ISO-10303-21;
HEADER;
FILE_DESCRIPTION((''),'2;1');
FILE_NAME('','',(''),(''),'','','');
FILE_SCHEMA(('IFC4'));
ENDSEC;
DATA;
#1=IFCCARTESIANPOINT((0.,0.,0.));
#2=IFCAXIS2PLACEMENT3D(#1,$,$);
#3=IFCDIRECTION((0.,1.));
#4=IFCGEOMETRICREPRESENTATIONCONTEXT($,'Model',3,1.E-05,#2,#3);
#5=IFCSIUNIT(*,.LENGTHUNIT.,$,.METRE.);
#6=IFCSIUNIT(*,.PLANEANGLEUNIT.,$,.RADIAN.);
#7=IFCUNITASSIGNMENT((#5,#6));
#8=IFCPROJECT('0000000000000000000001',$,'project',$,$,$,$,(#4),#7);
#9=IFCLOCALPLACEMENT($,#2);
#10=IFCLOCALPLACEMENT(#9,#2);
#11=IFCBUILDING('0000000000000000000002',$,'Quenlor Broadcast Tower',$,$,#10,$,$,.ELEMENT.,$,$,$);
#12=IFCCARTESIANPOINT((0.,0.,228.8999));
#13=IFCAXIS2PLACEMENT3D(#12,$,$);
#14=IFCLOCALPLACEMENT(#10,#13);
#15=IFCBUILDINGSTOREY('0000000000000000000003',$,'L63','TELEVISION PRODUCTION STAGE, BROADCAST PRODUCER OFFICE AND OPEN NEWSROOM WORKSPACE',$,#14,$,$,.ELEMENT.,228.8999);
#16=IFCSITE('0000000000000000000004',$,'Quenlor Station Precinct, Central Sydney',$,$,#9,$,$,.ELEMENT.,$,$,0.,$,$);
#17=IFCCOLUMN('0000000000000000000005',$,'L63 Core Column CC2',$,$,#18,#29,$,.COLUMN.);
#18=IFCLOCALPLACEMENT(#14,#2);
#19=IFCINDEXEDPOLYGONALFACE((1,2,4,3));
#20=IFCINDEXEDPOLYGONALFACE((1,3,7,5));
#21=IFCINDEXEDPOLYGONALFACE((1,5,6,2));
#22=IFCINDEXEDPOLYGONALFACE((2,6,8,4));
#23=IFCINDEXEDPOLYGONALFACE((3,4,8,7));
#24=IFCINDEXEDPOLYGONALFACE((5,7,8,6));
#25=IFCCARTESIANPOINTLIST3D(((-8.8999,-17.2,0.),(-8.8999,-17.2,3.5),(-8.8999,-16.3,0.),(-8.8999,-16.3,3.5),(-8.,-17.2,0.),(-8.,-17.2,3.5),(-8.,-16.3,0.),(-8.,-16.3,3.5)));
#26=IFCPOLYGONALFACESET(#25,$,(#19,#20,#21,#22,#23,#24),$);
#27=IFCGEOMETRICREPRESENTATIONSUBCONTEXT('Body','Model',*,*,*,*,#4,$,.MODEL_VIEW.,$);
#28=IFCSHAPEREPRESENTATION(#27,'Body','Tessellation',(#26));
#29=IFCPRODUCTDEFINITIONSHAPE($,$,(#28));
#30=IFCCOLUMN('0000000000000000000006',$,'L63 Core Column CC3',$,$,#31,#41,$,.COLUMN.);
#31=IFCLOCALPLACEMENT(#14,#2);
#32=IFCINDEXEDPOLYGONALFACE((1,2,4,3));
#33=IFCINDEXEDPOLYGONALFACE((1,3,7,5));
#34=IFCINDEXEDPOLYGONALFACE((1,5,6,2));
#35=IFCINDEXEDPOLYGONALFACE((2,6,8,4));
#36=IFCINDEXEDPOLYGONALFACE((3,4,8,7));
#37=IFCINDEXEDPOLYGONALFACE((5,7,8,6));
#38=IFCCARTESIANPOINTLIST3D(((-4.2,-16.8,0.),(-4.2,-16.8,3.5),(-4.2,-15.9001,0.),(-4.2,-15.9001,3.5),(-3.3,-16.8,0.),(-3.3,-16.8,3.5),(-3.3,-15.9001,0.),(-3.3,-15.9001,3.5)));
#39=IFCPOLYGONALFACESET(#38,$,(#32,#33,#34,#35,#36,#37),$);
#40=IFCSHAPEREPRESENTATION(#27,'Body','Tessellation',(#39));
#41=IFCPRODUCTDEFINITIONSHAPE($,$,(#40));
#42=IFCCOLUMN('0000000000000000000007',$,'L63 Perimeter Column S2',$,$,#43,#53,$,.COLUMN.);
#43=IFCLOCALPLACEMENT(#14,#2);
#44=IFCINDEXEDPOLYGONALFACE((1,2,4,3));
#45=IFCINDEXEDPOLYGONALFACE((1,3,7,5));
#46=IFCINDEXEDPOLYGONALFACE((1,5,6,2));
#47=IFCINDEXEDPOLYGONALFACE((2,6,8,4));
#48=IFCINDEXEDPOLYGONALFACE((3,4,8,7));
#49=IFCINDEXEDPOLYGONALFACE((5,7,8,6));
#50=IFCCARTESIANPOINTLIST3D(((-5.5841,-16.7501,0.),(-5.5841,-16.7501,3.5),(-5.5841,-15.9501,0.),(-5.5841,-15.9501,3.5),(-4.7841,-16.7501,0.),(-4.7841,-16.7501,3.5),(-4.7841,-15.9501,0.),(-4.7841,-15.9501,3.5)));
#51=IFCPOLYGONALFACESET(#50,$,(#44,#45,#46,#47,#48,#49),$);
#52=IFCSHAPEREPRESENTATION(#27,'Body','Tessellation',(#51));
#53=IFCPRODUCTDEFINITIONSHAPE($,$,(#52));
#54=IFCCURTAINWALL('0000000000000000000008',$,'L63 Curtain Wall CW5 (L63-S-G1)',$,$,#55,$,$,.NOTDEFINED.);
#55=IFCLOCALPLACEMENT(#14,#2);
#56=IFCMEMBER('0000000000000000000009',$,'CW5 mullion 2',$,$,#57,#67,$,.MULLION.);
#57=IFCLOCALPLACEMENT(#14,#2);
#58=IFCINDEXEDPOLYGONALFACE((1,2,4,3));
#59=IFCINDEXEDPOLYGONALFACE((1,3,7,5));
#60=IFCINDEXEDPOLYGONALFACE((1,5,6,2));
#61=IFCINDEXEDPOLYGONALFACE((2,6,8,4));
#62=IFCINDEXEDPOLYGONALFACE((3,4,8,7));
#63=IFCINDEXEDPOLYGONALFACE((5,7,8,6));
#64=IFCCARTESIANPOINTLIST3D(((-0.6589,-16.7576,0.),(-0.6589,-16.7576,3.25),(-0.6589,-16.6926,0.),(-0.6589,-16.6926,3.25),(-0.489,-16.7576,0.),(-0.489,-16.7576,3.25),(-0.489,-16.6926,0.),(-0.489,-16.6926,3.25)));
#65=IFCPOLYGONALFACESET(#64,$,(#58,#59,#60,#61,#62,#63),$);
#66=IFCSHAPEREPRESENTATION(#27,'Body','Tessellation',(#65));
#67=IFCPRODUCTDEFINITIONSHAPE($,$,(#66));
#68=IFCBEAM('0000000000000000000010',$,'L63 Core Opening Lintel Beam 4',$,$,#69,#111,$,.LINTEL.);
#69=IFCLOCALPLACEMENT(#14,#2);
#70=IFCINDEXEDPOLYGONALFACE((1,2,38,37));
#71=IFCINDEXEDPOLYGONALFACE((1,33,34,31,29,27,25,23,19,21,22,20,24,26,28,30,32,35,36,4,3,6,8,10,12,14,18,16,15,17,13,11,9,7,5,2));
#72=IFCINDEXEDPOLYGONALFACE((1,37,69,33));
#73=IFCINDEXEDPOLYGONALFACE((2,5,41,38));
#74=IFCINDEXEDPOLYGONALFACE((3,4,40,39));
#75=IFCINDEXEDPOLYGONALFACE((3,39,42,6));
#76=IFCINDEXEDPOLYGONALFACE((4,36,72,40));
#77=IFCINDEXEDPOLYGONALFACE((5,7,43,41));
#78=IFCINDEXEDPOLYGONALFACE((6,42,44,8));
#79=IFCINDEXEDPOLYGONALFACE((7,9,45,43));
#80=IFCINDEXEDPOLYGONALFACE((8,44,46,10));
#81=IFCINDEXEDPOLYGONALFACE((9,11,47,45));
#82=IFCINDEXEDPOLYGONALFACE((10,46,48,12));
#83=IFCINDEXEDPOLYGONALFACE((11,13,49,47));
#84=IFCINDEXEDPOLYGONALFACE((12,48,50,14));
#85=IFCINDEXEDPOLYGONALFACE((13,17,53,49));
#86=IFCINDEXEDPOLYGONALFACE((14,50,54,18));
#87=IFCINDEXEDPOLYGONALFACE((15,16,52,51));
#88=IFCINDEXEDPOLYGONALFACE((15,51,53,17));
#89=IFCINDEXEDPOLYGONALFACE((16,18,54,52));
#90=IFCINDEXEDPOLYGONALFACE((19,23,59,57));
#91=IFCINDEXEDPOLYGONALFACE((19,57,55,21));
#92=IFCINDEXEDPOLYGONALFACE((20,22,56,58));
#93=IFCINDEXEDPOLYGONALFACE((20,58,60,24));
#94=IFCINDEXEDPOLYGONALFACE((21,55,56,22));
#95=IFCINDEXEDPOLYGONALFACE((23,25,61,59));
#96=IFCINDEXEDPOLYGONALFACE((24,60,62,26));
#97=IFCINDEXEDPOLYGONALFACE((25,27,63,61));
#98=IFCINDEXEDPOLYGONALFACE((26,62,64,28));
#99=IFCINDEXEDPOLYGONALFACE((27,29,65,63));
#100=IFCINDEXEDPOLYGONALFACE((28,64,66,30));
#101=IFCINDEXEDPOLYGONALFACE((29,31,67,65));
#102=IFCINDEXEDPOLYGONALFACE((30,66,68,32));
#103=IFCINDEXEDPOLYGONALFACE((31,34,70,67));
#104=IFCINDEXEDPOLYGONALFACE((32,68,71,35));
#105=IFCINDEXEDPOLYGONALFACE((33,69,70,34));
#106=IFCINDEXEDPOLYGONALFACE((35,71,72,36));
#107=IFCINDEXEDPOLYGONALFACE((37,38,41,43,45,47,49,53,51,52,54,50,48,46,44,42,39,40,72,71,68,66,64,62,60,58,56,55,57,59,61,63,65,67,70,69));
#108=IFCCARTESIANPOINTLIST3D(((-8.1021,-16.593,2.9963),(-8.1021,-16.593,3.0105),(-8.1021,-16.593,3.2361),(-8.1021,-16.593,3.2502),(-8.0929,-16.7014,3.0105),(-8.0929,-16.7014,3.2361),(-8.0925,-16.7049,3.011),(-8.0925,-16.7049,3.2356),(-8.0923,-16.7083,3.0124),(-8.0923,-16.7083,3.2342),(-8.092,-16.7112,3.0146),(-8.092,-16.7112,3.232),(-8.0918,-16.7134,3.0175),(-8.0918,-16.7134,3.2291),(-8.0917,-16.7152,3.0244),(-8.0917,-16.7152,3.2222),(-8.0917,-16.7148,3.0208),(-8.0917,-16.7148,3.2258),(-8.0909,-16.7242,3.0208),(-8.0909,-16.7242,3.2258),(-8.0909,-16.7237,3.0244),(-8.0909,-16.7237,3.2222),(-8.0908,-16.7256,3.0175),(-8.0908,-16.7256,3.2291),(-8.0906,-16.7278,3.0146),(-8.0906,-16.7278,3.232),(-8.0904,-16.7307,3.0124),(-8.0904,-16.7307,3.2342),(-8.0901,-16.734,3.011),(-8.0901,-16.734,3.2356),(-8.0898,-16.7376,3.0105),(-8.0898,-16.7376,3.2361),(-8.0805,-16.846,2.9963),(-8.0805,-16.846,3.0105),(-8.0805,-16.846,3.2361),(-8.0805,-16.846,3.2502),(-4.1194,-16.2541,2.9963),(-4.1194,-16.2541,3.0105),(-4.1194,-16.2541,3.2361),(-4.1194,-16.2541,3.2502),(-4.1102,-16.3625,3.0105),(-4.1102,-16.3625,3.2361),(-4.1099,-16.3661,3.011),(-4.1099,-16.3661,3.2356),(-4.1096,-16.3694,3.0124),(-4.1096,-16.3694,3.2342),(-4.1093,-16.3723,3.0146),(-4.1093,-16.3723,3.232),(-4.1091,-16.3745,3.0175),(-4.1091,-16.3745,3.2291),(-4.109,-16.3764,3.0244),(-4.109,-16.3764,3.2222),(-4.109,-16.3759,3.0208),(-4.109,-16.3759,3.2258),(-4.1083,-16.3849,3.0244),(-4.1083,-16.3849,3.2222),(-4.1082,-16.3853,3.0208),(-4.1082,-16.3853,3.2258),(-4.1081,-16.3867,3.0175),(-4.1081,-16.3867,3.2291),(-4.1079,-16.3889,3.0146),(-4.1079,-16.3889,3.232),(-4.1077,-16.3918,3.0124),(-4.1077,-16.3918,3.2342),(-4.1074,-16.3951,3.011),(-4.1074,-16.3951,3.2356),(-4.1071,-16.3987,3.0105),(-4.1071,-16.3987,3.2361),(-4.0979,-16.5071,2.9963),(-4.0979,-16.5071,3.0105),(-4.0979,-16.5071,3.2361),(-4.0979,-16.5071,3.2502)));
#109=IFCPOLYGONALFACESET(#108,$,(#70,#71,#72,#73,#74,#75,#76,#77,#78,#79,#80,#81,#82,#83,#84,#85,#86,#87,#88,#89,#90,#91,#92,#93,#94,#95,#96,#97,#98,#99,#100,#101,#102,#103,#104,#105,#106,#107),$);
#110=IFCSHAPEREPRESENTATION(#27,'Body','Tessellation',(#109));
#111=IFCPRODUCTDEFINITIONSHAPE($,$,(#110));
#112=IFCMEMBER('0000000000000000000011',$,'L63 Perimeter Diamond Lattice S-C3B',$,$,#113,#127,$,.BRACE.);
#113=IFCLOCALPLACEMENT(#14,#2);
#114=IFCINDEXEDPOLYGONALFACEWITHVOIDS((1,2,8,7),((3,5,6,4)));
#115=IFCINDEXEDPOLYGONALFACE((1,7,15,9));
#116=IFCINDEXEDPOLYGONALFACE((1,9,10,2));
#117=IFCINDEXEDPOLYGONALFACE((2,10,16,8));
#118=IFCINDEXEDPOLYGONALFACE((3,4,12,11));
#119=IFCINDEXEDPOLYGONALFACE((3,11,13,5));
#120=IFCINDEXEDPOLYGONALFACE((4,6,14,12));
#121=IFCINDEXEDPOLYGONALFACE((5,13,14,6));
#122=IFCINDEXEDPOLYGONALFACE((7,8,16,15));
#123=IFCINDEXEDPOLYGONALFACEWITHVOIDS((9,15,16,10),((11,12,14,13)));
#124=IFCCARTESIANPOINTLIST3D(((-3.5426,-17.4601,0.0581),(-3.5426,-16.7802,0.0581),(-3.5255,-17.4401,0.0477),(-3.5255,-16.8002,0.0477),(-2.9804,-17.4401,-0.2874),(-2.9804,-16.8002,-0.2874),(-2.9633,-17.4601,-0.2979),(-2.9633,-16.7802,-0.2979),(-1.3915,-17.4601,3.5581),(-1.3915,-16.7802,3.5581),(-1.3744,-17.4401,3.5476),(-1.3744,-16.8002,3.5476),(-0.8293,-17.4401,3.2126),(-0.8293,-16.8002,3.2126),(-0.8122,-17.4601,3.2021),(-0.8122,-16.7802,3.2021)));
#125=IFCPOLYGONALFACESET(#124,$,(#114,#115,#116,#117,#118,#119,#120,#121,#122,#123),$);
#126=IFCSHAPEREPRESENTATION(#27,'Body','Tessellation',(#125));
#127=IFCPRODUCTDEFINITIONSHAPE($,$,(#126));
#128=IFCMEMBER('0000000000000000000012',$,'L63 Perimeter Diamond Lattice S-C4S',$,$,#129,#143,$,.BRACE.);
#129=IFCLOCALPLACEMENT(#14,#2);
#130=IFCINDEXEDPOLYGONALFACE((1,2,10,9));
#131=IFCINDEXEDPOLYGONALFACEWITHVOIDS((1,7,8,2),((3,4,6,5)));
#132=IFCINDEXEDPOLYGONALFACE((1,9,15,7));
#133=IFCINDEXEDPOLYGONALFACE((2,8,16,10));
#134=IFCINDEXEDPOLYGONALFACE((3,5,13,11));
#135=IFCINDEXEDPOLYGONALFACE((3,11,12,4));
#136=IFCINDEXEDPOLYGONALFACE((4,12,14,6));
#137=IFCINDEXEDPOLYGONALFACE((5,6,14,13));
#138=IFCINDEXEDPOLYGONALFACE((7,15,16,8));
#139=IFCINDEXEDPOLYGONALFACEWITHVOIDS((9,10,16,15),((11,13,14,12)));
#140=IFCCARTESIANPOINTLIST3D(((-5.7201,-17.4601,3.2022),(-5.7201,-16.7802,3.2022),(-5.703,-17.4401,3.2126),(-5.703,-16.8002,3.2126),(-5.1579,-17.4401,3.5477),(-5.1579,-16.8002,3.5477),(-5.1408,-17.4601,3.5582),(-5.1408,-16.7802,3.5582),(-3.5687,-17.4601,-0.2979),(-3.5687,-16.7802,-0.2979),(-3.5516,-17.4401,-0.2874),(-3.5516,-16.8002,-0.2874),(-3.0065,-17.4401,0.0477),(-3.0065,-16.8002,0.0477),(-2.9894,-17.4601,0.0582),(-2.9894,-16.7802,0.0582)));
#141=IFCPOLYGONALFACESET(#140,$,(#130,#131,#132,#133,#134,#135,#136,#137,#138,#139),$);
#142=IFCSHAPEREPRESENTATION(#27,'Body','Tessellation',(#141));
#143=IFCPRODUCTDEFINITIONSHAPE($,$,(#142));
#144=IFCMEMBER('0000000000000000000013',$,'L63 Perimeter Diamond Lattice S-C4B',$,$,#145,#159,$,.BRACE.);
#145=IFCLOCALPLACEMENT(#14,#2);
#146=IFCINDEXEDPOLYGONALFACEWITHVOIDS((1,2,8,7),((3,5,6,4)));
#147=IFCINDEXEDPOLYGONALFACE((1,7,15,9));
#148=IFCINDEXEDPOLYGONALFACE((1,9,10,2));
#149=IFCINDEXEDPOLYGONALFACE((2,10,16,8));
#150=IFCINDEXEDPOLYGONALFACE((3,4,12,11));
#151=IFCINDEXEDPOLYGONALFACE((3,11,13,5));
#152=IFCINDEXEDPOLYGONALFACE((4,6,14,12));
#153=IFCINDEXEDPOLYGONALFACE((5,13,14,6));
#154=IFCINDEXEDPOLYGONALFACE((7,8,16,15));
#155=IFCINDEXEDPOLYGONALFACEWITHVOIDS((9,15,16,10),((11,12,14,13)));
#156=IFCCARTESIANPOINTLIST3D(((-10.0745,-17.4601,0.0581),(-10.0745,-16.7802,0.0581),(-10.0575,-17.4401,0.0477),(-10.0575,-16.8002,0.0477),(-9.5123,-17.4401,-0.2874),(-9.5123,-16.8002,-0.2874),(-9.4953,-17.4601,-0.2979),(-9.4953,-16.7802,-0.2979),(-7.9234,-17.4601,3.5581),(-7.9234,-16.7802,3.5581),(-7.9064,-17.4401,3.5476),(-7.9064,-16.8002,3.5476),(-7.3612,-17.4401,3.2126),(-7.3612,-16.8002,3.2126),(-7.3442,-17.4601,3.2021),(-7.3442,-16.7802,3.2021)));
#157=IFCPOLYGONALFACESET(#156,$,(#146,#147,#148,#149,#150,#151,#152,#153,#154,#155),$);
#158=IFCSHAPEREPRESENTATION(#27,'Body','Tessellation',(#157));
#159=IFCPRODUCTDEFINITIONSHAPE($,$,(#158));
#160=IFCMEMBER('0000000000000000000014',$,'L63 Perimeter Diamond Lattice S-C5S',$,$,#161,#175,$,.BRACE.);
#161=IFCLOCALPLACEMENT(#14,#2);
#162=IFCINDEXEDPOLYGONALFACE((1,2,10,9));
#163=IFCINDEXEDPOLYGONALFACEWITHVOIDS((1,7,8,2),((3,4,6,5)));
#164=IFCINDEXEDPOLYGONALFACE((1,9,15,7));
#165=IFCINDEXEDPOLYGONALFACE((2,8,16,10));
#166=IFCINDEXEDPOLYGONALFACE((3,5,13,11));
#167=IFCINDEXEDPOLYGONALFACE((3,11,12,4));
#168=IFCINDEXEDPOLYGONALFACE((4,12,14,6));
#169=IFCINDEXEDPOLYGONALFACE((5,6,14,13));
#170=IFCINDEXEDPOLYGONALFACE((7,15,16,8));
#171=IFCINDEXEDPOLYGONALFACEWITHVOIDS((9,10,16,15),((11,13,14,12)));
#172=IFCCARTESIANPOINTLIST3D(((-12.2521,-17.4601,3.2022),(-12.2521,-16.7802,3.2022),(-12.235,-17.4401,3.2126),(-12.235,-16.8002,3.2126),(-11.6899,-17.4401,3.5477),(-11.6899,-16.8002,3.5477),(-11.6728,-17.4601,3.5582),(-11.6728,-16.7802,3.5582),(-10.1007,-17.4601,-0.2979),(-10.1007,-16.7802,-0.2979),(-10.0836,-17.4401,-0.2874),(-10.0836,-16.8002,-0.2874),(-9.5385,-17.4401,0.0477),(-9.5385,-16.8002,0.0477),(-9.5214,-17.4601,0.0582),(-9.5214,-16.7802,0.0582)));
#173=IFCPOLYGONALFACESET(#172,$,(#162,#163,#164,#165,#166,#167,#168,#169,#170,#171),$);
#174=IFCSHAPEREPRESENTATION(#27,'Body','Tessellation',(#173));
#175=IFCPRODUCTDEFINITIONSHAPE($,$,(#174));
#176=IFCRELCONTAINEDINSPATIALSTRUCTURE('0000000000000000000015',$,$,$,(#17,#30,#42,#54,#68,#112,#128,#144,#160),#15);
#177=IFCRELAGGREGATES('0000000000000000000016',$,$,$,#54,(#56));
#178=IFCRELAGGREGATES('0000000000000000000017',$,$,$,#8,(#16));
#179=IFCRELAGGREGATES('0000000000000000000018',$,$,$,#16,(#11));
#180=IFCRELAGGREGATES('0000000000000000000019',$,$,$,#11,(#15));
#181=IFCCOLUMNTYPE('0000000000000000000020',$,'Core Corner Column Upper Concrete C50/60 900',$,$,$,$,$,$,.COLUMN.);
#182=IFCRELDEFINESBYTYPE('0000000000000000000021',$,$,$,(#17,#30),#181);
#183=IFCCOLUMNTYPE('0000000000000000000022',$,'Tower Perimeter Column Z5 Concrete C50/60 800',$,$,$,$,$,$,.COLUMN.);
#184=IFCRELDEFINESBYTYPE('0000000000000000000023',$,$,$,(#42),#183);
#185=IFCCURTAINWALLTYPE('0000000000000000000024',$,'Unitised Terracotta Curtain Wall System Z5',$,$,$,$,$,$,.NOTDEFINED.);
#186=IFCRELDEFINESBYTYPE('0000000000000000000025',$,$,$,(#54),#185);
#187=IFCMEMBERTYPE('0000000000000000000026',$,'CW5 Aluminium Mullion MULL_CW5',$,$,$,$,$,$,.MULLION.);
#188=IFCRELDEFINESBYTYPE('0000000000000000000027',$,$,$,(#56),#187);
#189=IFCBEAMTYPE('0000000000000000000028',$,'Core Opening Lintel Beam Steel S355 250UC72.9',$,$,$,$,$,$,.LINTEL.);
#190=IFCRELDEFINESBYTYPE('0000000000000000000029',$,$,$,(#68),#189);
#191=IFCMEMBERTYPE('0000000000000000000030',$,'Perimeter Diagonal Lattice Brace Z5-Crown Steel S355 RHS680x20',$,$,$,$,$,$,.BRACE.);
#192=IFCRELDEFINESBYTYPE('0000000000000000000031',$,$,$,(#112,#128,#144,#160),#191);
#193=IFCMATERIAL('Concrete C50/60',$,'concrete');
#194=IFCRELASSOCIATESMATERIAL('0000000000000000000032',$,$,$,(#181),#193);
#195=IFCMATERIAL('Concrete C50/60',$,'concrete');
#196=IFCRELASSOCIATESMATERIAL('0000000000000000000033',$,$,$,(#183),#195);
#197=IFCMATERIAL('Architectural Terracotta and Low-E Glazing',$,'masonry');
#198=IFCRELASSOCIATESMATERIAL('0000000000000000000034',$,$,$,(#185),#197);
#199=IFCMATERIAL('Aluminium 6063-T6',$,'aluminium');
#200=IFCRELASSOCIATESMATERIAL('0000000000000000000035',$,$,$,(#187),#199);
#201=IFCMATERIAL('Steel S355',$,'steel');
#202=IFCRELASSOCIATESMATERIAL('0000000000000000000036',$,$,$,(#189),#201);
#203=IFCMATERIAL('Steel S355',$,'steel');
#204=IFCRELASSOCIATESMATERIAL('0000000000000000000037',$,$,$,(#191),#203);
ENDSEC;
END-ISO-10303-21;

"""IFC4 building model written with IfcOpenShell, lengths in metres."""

from ifc_helpers import new_model, si_unit, direction, frame, origin, origin_2d, place, context, subcontext, project, spatial, rectangle, hollow_rectangle, i_section, extrude, material, material_profile, profile_set, type_object, element, aggregate, save


model = new_model("IFC4")

# Units and contexts
model_context = context("Model", 3, precision=1e-05, world=origin(), true_north=direction((0.0, 1.0)))
body_context = subcontext(model_context, "Body", "Model", "MODEL_VIEW")
ifc_project = project(units=[si_unit("LENGTHUNIT", "METRE"), si_unit("PLANEANGLEUNIT", "RADIAN")], contexts=[model_context])

# Site, building, storey
site_placement = place(None, origin())
site = spatial("IfcSite", under=ifc_project, at=site_placement, Name="Quenlor Station Precinct, Central Sydney", CompositionType="ELEMENT", RefElevation=0.0)
building_placement = place(site_placement, origin())
building = spatial("IfcBuilding", under=site, at=building_placement, Name="Quenlor Broadcast Tower", CompositionType="ELEMENT")
storey_placement = place(building_placement, frame((0.0, 0.0, 228.8999)))
storey = spatial("IfcBuildingStorey", under=building, at=storey_placement, Name="L63", Description="TELEVISION PRODUCTION STAGE, BROADCAST PRODUCER OFFICE AND OPEN NEWSROOM WORKSPACE", CompositionType="ELEMENT", Elevation=228.8999)

# Columns
ifc_material_1 = material(Name="Concrete C50/60", Category="concrete")
ifc_material_profile_1 = material_profile(ifc_material_1, rectangle(XDim=0.8999, YDim=0.8999, at=origin_2d()))
ifc_profile_set_1 = profile_set([ifc_material_profile_1], Name="Concrete C50/60 RC900x900")
column_type_1 = type_object("IfcColumnType", Name="Core Corner Column Upper Concrete C50/60 900", PredefinedType="COLUMN", material=ifc_profile_set_1)
for number, where, z_axis, x_axis, name in (
    (1, (-8.45, -16.75, 0.0), (0.0, 0.0, 1.0), (1.0, 0.0, 0.0), "L63 Core Column CC2"),
    (2, (-3.75, -16.3501, 0.0), (0.0, 0.0, 1.0), (1.0, 0.0, 0.0), "L63 Core Column CC3"),
):
    element("IfcColumn", number, at=place(storey_placement, frame(where, z_axis=z_axis, x_axis=x_axis)), inside=storey, type_object=column_type_1, Name=name, PredefinedType="COLUMN", context=body_context, shape_type="SweptSolid", body=[
        extrude(rectangle(XDim=0.8999, YDim=0.8999, at=origin_2d()), origin(), (0.0, 0.0, 1.0), 3.5),
    ])
ifc_material_2 = material(Name="Concrete C50/60", Category="concrete")
ifc_material_profile_2 = material_profile(ifc_material_2, rectangle(XDim=0.8, YDim=0.8, at=origin_2d()))
ifc_profile_set_2 = profile_set([ifc_material_profile_2], Name="Concrete C50/60 RC800x800")
column_type_2 = type_object("IfcColumnType", Name="Tower Perimeter Column Z5 Concrete C50/60 800", PredefinedType="COLUMN", material=ifc_profile_set_2)
column_placement = place(storey_placement, frame((-5.1841, -16.3501, 0.0), z_axis=(0.0, 0.0, 1.0), x_axis=(0.0, 1.0, 0.0)))
element("IfcColumn", 3, at=column_placement, inside=storey, type_object=column_type_2, Name="L63 Perimeter Column S2", PredefinedType="COLUMN", context=body_context, shape_type="SweptSolid", body=[
    extrude(rectangle(XDim=0.8, YDim=0.8, at=origin_2d()), origin(), (0.0, 0.0, 1.0), 3.5),
])

# Curtain wall, member
ifc_material_3 = material(Name="Architectural Terracotta and Low-E Glazing", Category="masonry")
curtain_wall_type = type_object("IfcCurtainWallType", Name="Unitised Terracotta Curtain Wall System Z5", PredefinedType="NOTDEFINED", material=ifc_material_3)
curtain_wall_placement = place(storey_placement, origin())
curtain_wall = element("IfcCurtainWall", 4, at=curtain_wall_placement, inside=storey, type_object=curtain_wall_type, Name="L63 Curtain Wall CW5 (L63-S-G1)", PredefinedType="NOTDEFINED")
ifc_material_4 = material(Name="Aluminium 6063-T6", Category="aluminium")
ifc_material_profile_3 = material_profile(ifc_material_4, rectangle(XDim=0.0649, YDim=0.1699, at=origin_2d()))
ifc_profile_set_3 = profile_set([ifc_material_profile_3], Name="Aluminium 6063-T6 MULL65x170")
member_type_1 = type_object("IfcMemberType", Name="CW5 Aluminium Mullion MULL_CW5", PredefinedType="MULLION", material=ifc_profile_set_3)
member_1_placement = place(storey_placement, frame((-0.574, -16.7251, 0.0), z_axis=(0.0, 0.0, 1.0), x_axis=(0.0, -1.0, 0.0)))
member_1 = element("IfcMember", 5, at=member_1_placement, type_object=member_type_1, Name="CW5 mullion 2", PredefinedType="MULLION", context=body_context, shape_type="SweptSolid", body=[
    extrude(rectangle(XDim=0.0649, YDim=0.1699, at=origin_2d()), origin(), (0.0, 0.0, 1.0), 3.25),
])

# Beam
ifc_material_5 = material(Name="Steel S355", Category="steel")
ifc_material_profile_4 = material_profile(ifc_material_5, i_section(OverallWidth=0.2539, OverallDepth=0.2539, WebThickness=0.0085, FlangeThickness=0.0142, FilletRadius=0.0139, at=origin_2d()))
ifc_profile_set_4 = profile_set([ifc_material_profile_4], Name="Steel S355 250UC72.9")
beam_type_1 = type_object("IfcBeamType", Name="Core Opening Lintel Beam Steel S355 250UC72.9", PredefinedType="LINTEL", material=ifc_profile_set_4)
beam_1_placement = place(storey_placement, frame((-8.0913, -16.7195, 3.1233), z_axis=(0.9964, 0.084779, 0.0), x_axis=(-0.084779, 0.9964, 0.0)))
element("IfcBeam", 6, at=beam_1_placement, inside=storey, type_object=beam_type_1, Name="L63 Core Opening Lintel Beam 4", PredefinedType="LINTEL", context=body_context, shape_type="SweptSolid", body=[
    extrude(i_section(OverallWidth=0.2539, OverallDepth=0.2539, WebThickness=0.0085, FlangeThickness=0.0142, FilletRadius=0.0139, at=origin_2d()), origin(), (0.0, 0.0, 1.0), 3.9971),
])

# Members
ifc_material_6 = material(Name="Steel S355", Category="steel")
ifc_material_profile_5 = material_profile(ifc_material_6, hollow_rectangle(XDim=0.6799, YDim=0.6799, WallThickness=0.02, at=origin_2d()))
ifc_profile_set_5 = profile_set([ifc_material_profile_5], Name="Steel S355 RHS680x680x20")
member_type_2 = type_object("IfcMemberType", Name="Perimeter Diagonal Lattice Brace Z5-Crown Steel S355 RHS680x20", PredefinedType="BRACE", material=ifc_profile_set_5)
member_2_placement = place(storey_placement, frame((-3.2529, -17.1201, -0.1199), z_axis=(0.523617, 0.0, 0.851954), x_axis=(0.0, 1.0, 0.0)))
element("IfcMember", 7, at=member_2_placement, inside=storey, type_object=member_type_2, Name="L63 Perimeter Diamond Lattice S-C3B", PredefinedType="BRACE", context=body_context, shape_type="SweptSolid", body=[
    extrude(hollow_rectangle(XDim=0.6799, YDim=0.6799, WallThickness=0.02, at=origin_2d()), origin(), (0.0, 0.0, 1.0), 4.1082),
])
member_3_placement = place(storey_placement, frame((-3.2791, -17.1201, -0.1199), z_axis=(-0.52366, 0.0, 0.851928), x_axis=(0.0, -1.0, 0.0)))
element("IfcMember", 8, at=member_3_placement, inside=storey, type_object=member_type_2, Name="L63 Perimeter Diamond Lattice S-C4S", PredefinedType="BRACE", context=body_context, shape_type="SweptSolid", body=[
    extrude(hollow_rectangle(XDim=0.6799, YDim=0.6799, WallThickness=0.02, at=origin_2d()), origin(), (0.0, 0.0, 1.0), 4.1084),
])
member_4_placement = place(storey_placement, frame((-9.7849, -17.1201, -0.1199), z_axis=(0.523617, 0.0, 0.851954), x_axis=(0.0, 1.0, 0.0)))
element("IfcMember", 9, at=member_4_placement, inside=storey, type_object=member_type_2, Name="L63 Perimeter Diamond Lattice S-C4B", PredefinedType="BRACE", context=body_context, shape_type="SweptSolid", body=[
    extrude(hollow_rectangle(XDim=0.6799, YDim=0.6799, WallThickness=0.02, at=origin_2d()), origin(), (0.0, 0.0, 1.0), 4.1082),
])
member_5_placement = place(storey_placement, frame((-9.811, -17.1201, -0.1199), z_axis=(-0.52366, 0.0, 0.851928), x_axis=(0.0, -1.0, 0.0)))
element("IfcMember", 10, at=member_5_placement, inside=storey, type_object=member_type_2, Name="L63 Perimeter Diamond Lattice S-C5S", PredefinedType="BRACE", context=body_context, shape_type="SweptSolid", body=[
    extrude(hollow_rectangle(XDim=0.6799, YDim=0.6799, WallThickness=0.02, at=origin_2d()), origin(), (0.0, 0.0, 1.0), 4.1084),
])

aggregate(curtain_wall, [member_1])

save(model, "model.ifc")
